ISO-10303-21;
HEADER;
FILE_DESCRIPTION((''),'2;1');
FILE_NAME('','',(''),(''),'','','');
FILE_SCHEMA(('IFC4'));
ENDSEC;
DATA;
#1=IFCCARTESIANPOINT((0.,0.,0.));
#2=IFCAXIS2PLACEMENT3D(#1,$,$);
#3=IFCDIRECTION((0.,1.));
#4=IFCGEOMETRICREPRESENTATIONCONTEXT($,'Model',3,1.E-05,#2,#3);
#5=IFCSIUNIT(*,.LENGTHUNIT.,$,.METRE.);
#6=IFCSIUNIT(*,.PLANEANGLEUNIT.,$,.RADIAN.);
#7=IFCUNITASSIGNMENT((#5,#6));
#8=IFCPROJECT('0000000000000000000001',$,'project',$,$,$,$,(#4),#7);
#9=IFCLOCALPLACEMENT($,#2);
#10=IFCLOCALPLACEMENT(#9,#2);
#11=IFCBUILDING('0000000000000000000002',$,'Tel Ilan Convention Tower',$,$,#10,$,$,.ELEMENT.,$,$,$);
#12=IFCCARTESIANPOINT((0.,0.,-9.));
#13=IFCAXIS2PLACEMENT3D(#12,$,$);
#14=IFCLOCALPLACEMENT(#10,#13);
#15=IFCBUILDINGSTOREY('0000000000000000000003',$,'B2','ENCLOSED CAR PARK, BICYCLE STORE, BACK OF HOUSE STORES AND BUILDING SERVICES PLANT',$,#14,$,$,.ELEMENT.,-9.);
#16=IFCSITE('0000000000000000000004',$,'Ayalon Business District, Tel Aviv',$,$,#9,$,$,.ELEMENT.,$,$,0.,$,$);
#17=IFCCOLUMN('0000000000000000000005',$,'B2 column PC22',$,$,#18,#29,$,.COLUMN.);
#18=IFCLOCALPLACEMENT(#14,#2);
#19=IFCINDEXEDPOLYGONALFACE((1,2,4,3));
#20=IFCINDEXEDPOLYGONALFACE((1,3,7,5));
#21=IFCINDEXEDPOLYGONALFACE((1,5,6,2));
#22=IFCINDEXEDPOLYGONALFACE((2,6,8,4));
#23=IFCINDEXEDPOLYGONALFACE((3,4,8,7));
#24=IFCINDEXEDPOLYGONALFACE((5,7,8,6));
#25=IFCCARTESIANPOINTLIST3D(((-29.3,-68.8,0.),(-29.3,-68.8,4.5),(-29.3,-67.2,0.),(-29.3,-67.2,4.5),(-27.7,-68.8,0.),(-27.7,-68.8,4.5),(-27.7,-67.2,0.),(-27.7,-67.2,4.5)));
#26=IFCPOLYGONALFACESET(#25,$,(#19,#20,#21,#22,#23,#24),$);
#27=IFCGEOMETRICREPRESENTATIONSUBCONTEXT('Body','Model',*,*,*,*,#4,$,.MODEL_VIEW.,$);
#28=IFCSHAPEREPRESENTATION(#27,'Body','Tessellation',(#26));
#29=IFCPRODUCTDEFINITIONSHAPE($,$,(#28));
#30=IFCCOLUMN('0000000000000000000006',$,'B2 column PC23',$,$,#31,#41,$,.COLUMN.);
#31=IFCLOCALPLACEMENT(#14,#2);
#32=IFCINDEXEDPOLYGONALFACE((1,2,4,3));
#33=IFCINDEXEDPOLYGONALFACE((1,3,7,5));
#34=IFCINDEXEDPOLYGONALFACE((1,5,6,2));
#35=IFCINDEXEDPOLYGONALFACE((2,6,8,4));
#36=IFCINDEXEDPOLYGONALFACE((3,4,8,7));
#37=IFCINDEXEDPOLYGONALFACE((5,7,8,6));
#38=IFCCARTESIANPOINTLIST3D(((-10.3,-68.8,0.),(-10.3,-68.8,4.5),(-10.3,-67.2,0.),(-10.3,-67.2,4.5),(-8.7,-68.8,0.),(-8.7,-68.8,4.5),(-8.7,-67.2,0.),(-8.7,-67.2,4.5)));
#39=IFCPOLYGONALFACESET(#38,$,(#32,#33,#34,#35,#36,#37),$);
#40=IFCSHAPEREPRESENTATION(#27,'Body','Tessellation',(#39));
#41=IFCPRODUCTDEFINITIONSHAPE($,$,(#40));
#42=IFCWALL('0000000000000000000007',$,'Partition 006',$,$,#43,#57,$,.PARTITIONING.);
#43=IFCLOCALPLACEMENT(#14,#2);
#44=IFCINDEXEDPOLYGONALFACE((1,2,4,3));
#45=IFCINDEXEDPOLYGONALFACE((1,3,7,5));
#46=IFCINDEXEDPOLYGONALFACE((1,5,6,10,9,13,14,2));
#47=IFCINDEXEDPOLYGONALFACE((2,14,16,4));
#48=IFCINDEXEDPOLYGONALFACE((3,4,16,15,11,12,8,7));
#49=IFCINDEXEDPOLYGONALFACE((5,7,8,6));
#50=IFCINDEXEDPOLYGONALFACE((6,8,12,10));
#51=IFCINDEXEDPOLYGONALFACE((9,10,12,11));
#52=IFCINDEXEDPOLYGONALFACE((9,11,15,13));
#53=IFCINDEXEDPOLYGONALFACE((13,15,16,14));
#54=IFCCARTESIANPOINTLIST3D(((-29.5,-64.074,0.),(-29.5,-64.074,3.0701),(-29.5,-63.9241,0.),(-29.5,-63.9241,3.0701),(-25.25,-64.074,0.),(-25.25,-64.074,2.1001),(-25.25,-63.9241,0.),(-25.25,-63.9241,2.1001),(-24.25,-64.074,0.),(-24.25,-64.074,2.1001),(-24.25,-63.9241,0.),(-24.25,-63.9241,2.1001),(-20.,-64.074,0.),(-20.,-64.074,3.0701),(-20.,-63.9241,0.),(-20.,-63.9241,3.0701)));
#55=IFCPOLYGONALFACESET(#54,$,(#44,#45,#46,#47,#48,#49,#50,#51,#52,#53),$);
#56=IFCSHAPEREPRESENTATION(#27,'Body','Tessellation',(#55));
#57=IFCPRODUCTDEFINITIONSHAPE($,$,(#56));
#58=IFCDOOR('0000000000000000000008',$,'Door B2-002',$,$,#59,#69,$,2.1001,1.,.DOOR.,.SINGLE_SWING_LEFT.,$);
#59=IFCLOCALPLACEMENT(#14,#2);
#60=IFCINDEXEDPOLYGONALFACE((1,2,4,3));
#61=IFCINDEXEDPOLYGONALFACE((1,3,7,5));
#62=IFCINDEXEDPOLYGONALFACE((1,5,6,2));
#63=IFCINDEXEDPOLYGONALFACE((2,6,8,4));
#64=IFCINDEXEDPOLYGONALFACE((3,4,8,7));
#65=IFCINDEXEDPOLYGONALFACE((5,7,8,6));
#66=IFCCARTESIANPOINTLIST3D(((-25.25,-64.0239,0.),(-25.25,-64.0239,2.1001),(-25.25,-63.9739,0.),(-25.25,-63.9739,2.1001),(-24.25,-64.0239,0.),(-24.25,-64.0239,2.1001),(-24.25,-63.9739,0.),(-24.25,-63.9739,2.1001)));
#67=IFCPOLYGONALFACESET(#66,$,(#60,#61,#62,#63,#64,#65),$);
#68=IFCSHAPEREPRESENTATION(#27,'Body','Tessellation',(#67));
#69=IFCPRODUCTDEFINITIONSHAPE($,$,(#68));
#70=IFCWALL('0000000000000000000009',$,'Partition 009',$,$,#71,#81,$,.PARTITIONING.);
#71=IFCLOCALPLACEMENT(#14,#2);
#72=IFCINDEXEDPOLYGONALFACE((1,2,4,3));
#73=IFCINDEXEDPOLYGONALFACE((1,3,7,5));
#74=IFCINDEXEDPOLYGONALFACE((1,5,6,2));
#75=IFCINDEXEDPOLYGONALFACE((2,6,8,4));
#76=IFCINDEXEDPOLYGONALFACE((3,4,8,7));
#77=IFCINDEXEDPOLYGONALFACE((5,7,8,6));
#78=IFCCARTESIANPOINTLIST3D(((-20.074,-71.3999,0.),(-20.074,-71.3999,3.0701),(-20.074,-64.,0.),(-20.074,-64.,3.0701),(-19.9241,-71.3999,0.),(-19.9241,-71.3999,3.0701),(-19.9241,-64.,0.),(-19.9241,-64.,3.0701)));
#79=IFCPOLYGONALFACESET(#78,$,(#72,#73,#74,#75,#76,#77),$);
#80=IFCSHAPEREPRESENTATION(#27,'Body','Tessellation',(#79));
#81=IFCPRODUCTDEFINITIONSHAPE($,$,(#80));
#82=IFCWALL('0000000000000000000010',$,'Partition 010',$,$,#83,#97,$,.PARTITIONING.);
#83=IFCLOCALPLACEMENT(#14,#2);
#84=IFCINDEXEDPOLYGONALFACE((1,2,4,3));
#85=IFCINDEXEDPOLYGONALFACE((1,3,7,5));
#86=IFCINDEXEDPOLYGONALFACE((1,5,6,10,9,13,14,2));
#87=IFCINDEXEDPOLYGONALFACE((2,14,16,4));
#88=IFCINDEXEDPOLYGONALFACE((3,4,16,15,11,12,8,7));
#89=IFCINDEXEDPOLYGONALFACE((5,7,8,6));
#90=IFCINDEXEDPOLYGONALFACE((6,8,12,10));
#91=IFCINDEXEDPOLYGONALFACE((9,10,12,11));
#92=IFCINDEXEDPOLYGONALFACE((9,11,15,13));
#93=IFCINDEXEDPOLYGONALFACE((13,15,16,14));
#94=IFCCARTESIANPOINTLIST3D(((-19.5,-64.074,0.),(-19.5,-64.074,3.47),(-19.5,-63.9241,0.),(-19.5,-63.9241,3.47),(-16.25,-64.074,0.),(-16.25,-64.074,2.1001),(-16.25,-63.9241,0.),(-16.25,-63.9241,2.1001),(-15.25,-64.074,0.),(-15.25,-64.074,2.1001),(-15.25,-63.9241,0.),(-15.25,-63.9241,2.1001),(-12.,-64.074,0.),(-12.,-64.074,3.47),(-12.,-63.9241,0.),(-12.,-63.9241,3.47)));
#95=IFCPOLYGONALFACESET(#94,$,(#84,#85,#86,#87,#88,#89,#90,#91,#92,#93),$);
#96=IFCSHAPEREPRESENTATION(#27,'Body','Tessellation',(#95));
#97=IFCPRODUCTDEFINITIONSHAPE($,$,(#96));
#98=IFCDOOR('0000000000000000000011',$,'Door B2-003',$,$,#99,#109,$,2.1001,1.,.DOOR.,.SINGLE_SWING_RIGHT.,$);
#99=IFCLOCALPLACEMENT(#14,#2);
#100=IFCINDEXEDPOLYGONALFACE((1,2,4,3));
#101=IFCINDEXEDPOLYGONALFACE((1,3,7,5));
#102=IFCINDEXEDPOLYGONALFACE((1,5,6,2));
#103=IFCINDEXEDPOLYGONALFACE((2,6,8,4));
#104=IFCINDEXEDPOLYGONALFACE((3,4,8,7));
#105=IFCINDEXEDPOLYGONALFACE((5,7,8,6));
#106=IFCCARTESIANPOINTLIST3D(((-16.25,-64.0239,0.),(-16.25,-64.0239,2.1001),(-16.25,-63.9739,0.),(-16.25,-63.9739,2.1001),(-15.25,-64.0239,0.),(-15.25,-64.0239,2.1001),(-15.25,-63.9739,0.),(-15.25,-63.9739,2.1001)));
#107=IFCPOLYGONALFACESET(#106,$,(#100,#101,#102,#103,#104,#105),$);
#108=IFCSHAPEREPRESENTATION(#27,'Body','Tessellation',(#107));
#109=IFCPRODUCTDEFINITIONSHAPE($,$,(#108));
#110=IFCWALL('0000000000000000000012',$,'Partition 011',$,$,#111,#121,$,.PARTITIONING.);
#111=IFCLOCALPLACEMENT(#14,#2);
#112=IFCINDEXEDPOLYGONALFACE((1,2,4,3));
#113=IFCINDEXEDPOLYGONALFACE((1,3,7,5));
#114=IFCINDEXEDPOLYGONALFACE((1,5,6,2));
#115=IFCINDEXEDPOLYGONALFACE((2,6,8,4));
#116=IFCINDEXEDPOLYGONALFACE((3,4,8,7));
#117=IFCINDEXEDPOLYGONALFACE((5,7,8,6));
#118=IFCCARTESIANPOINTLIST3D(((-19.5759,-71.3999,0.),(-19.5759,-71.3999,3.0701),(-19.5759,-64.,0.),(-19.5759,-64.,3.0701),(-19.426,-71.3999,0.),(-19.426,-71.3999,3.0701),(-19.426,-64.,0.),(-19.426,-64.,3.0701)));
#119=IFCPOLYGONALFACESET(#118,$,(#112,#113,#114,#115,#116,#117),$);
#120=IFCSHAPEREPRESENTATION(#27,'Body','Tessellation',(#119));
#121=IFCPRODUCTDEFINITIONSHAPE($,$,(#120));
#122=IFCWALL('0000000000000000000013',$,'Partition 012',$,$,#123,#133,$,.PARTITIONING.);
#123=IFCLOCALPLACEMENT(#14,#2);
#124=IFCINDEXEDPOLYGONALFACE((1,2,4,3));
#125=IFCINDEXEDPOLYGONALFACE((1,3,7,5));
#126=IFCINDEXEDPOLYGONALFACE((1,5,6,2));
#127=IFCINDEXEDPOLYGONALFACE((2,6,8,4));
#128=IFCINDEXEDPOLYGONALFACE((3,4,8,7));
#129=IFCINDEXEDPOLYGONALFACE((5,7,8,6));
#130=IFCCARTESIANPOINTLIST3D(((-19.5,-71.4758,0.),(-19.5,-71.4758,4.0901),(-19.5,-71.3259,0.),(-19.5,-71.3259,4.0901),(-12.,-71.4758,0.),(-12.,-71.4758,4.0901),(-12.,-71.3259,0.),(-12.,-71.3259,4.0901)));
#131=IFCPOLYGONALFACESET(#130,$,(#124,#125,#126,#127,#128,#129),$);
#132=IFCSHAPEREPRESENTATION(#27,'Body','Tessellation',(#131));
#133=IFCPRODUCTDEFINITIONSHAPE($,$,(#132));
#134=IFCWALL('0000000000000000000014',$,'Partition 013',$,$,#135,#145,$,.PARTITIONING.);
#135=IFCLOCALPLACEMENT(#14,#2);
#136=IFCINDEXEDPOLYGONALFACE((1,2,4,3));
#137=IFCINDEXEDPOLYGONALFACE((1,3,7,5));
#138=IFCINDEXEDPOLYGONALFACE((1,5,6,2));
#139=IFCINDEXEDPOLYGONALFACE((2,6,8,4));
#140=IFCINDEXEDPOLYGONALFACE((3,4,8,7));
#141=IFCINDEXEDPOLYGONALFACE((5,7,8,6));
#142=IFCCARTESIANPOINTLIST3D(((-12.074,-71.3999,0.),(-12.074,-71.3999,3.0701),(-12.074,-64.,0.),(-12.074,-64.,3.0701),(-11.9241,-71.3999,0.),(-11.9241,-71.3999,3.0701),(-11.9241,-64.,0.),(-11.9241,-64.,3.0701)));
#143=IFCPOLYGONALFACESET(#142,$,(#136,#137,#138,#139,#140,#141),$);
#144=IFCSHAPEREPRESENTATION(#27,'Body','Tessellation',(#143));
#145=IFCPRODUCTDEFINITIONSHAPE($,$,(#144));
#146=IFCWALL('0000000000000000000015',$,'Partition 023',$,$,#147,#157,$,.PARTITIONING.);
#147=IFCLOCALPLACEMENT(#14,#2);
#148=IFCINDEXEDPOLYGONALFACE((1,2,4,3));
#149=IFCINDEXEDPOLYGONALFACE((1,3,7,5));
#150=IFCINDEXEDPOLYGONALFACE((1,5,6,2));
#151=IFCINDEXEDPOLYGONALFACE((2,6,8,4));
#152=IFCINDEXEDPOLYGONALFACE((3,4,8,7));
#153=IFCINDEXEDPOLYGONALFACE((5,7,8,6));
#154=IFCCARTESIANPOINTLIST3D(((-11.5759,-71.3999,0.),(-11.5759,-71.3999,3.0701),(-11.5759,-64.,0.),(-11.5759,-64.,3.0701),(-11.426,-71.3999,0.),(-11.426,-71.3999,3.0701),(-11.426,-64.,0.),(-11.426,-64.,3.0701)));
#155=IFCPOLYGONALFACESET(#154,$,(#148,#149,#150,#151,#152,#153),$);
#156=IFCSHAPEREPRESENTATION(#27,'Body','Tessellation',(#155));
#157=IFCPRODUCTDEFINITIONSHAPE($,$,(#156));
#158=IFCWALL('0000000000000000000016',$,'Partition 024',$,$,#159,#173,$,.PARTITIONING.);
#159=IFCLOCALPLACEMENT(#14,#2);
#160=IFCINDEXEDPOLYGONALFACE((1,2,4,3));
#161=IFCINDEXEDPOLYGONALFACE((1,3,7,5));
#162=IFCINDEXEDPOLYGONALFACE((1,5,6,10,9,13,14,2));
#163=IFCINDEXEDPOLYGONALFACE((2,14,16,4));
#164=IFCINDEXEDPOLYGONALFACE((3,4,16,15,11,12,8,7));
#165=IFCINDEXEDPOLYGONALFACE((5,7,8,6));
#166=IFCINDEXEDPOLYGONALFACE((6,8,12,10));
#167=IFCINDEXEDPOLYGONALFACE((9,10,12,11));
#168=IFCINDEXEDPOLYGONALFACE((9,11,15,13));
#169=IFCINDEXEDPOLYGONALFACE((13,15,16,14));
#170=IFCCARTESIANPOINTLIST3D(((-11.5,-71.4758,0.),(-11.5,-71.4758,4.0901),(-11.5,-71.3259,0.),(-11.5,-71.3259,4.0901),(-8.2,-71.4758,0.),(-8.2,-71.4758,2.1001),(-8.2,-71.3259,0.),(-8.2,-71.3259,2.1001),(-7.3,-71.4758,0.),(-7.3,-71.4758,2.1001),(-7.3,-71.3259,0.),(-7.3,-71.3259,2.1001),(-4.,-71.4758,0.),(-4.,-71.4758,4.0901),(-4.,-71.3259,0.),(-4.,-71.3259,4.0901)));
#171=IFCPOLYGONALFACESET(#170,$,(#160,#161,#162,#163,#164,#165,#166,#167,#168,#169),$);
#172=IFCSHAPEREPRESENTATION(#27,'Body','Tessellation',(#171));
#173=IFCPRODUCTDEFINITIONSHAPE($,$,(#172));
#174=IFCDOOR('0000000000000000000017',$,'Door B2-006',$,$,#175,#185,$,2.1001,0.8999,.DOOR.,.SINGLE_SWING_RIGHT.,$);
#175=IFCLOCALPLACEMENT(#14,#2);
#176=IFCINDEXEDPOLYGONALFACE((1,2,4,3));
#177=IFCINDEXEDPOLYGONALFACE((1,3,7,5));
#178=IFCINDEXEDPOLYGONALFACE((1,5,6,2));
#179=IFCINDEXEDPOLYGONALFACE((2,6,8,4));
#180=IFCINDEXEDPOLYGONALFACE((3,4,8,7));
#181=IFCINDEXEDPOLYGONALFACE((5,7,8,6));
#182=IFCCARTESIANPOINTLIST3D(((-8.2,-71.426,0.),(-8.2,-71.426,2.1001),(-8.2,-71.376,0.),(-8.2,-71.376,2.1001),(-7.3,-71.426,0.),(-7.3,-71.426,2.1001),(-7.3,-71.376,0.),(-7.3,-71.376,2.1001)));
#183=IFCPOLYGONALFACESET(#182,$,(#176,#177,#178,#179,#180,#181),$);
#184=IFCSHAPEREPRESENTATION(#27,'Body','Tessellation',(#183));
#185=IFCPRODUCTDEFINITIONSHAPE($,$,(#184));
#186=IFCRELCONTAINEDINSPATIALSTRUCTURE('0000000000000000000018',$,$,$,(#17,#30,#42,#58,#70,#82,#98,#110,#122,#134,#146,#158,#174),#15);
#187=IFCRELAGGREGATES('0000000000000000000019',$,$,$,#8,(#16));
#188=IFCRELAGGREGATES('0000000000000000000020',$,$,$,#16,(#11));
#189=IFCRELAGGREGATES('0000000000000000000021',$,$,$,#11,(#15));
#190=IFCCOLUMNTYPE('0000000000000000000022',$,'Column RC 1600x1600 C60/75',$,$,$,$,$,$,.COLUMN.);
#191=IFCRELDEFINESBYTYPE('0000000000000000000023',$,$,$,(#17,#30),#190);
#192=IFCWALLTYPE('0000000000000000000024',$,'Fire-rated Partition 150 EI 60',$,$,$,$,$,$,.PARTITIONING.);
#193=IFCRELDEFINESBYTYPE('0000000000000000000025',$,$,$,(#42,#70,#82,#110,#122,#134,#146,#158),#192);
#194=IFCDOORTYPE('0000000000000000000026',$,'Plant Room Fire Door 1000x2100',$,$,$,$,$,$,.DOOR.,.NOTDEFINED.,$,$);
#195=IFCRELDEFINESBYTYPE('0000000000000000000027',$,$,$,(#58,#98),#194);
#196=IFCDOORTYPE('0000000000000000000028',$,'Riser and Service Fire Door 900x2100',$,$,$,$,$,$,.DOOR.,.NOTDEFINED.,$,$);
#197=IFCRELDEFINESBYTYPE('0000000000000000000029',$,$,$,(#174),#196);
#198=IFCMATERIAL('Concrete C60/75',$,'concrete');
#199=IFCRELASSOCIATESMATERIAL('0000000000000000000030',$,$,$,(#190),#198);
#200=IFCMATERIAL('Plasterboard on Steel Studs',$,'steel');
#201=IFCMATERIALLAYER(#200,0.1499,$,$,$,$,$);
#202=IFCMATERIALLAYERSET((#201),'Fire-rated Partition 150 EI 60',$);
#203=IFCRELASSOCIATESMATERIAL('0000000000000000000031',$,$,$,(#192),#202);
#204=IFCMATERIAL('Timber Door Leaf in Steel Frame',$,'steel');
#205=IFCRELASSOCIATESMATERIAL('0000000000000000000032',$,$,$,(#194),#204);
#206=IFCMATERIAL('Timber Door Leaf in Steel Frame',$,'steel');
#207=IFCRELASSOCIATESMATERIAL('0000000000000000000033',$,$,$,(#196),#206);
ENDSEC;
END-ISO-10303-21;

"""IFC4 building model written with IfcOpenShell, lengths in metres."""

from ifc_helpers import new_model, si_unit, direction, frame, frame_2d, origin, origin_2d, place, context, subcontext, project, spatial, rectangle, extrude, material, layer, layer_set, material_profile, profile_set, type_object, element, fill, save


model = new_model("IFC4")

# Units and contexts
model_context = context("Model", 3, precision=1e-05, world=origin(), true_north=direction((0.0, 1.0)))
body_context = subcontext(model_context, "Body", "Model", "MODEL_VIEW")
ifc_project = project(units=[si_unit("LENGTHUNIT", "METRE"), si_unit("PLANEANGLEUNIT", "RADIAN")], contexts=[model_context])

# Site, building, storey
site_placement = place(None, origin())
site = spatial("IfcSite", under=ifc_project, at=site_placement, Name="Ayalon Business District, Tel Aviv", CompositionType="ELEMENT", RefElevation=0.0)
building_placement = place(site_placement, origin())
building = spatial("IfcBuilding", under=site, at=building_placement, Name="Tel Ilan Convention Tower", CompositionType="ELEMENT")
storey_placement = place(building_placement, frame((0.0, 0.0, -9.0)))
storey = spatial("IfcBuildingStorey", under=building, at=storey_placement, Name="B2", Description="ENCLOSED CAR PARK, BICYCLE STORE, BACK OF HOUSE STORES AND BUILDING SERVICES PLANT", CompositionType="ELEMENT", Elevation=-9.0)

# Columns
ifc_material_1 = material(Name="Concrete C60/75", Category="concrete")
ifc_material_profile_1 = material_profile(ifc_material_1, rectangle(XDim=1.6001, YDim=1.6001, at=origin_2d()), Name="RC 1600x1600")
ifc_profile_set_1 = profile_set([ifc_material_profile_1], Name="Concrete C60/75")
column_type = type_object("IfcColumnType", Name="Column RC 1600x1600 C60/75", PredefinedType="COLUMN", material=ifc_profile_set_1)
for number, where, z_axis, x_axis, name in (
    (1, (-28.5, -68.0, 0.0), (0.0, 0.0, 1.0), (1.0, 0.0, 0.0), "B2 column PC22"),
    (2, (-9.5, -68.0, 0.0), (0.0, 0.0, 1.0), (1.0, 0.0, 0.0), "B2 column PC23"),
):
    element("IfcColumn", number, at=place(storey_placement, frame(where, z_axis=z_axis, x_axis=x_axis)), inside=storey, type_object=column_type, Name=name, PredefinedType="COLUMN", context=body_context, shape_type="SweptSolid", body=[
        extrude(rectangle(XDim=1.6001, YDim=1.6001, at=origin_2d()), origin(), (0.0, 0.0, 1.0), 4.5),
    ])

# Wall, opening, door
ifc_material_2 = material(Name="Plasterboard on Steel Studs", Category="steel")
ifc_layer = layer(ifc_material_2, 0.1499)
ifc_layer_set = layer_set([ifc_layer], Name="Fire-rated Partition 150 EI 60")
wall_type = type_object("IfcWallType", Name="Fire-rated Partition 150 EI 60", PredefinedType="PARTITIONING", material=ifc_layer_set)
wall_1_placement = place(storey_placement, frame((-20.0, -63.999, 0.0), z_axis=(0.0, 0.0, 1.0), x_axis=(-1.0, 0.0, 0.0)))
wall_1 = element("IfcWall", 3, at=wall_1_placement, inside=storey, type_object=wall_type, Name="Partition 006", PredefinedType="PARTITIONING", context=body_context, shape_type="SweptSolid", body=[
    extrude(rectangle(XDim=9.5, YDim=0.1499, at=frame_2d((4.75, 0.0))), origin(), (0.0, 0.0, 1.0), 3.0701),
])
opening_1_placement = place(wall_1_placement, frame((4.25, 0.0, 0.0)))
opening_1 = element("IfcOpeningElement", 4, at=opening_1_placement, cuts=wall_1, PredefinedType="OPENING", context=body_context, shape_type="SweptSolid", body=[
    extrude(rectangle(XDim=1.0, YDim=2.1001, at=frame_2d((0.5, 1.05))), frame((0.0, 0.085, 0.0), z_axis=(0.0, -1.0, 0.0), x_axis=(1.0, 0.0, 0.0)), (0.0, 0.0, 1.0), 0.1699),
])
ifc_material_3 = material(Name="Timber Door Leaf in Steel Frame", Category="steel")
door_type_1 = type_object("IfcDoorType", Name="Plant Room Fire Door 1000x2100", OperationType="NOTDEFINED", PredefinedType="DOOR", material=ifc_material_3)
door_1_placement = place(opening_1_placement, origin())
door_1 = element("IfcDoor", 5, at=door_1_placement, inside=storey, type_object=door_type_1, Name="Door B2-002", OperationType="SINGLE_SWING_LEFT", OverallHeight=2.1001, OverallWidth=1.0, PredefinedType="DOOR", context=body_context, shape_type="SweptSolid", body=[
    extrude(rectangle(XDim=1.0, YDim=2.1001, at=frame_2d((0.5, 1.05))), frame((0.0, 0.0249, 0.0), z_axis=(0.0, -1.0, 0.0), x_axis=(1.0, 0.0, 0.0)), (0.0, 0.0, 1.0), 0.05),
])
fill(opening_1, door_1)

# Wall
wall_2_placement = place(storey_placement, frame((-19.999, -71.3999, 0.0), z_axis=(0.0, 0.0, 1.0), x_axis=(0.0, 1.0, 0.0)))
element("IfcWall", 6, at=wall_2_placement, inside=storey, type_object=wall_type, Name="Partition 009", PredefinedType="PARTITIONING", context=body_context, shape_type="SweptSolid", body=[
    extrude(rectangle(XDim=7.3999, YDim=0.1499, at=frame_2d((3.7, 0.0))), origin(), (0.0, 0.0, 1.0), 3.0701),
])

# Wall, opening, door
wall_3_placement = place(storey_placement, frame((-12.0, -63.999, 0.0), z_axis=(0.0, 0.0, 1.0), x_axis=(-1.0, 0.0, 0.0)))
wall_3 = element("IfcWall", 7, at=wall_3_placement, inside=storey, type_object=wall_type, Name="Partition 010", PredefinedType="PARTITIONING", context=body_context, shape_type="SweptSolid", body=[
    extrude(rectangle(XDim=7.5, YDim=0.1499, at=frame_2d((3.75, 0.0))), origin(), (0.0, 0.0, 1.0), 3.47),
])
opening_2_placement = place(wall_3_placement, frame((3.25, 0.0, 0.0)))
opening_2 = element("IfcOpeningElement", 8, at=opening_2_placement, cuts=wall_3, PredefinedType="OPENING", context=body_context, shape_type="SweptSolid", body=[
    extrude(rectangle(XDim=1.0, YDim=2.1001, at=frame_2d((0.5, 1.05))), frame((0.0, 0.085, 0.0), z_axis=(0.0, -1.0, 0.0), x_axis=(1.0, 0.0, 0.0)), (0.0, 0.0, 1.0), 0.1699),
])
door_2_placement = place(opening_2_placement, origin())
door_2 = element("IfcDoor", 9, at=door_2_placement, inside=storey, type_object=door_type_1, Name="Door B2-003", OperationType="SINGLE_SWING_RIGHT", OverallHeight=2.1001, OverallWidth=1.0, PredefinedType="DOOR", context=body_context, shape_type="SweptSolid", body=[
    extrude(rectangle(XDim=1.0, YDim=2.1001, at=frame_2d((0.5, 1.05))), frame((0.0, 0.0249, 0.0), z_axis=(0.0, -1.0, 0.0), x_axis=(1.0, 0.0, 0.0)), (0.0, 0.0, 1.0), 0.05),
])
fill(opening_2, door_2)

# Walls
wall_4_placement = place(storey_placement, frame((-19.501, -64.0, 0.0), z_axis=(0.0, 0.0, 1.0), x_axis=(0.0, -1.0, 0.0)))
element("IfcWall", 10, at=wall_4_placement, inside=storey, type_object=wall_type, Name="Partition 011", PredefinedType="PARTITIONING", context=body_context, shape_type="SweptSolid", body=[
    extrude(rectangle(XDim=7.3999, YDim=0.1499, at=frame_2d((3.7, 0.0))), origin(), (0.0, 0.0, 1.0), 3.0701),
])
wall_5_placement = place(storey_placement, frame((-19.5, -71.4009, 0.0), z_axis=(0.0, 0.0, 1.0), x_axis=(1.0, 0.0, 0.0)))
element("IfcWall", 11, at=wall_5_placement, inside=storey, type_object=wall_type, Name="Partition 012", PredefinedType="PARTITIONING", context=body_context, shape_type="SweptSolid", body=[
    extrude(rectangle(XDim=7.5, YDim=0.1499, at=frame_2d((3.75, 0.0))), origin(), (0.0, 0.0, 1.0), 4.0901),
])
for number, where, z_axis, x_axis, name in (
    (12, (-11.999, -71.3999, 0.0), (0.0, 0.0, 1.0), (0.0, 1.0, 0.0), "Partition 013"),
    (13, (-11.501, -64.0, 0.0), (0.0, 0.0, 1.0), (0.0, -1.0, 0.0), "Partition 023"),
):
    element("IfcWall", number, at=place(storey_placement, frame(where, z_axis=z_axis, x_axis=x_axis)), inside=storey, type_object=wall_type, Name=name, PredefinedType="PARTITIONING", context=body_context, shape_type="SweptSolid", body=[
        extrude(rectangle(XDim=7.3999, YDim=0.1499, at=frame_2d((3.7, 0.0))), origin(), (0.0, 0.0, 1.0), 3.0701),
    ])

# Wall, opening, door
wall_6_placement = place(storey_placement, frame((-11.5, -71.4009, 0.0), z_axis=(0.0, 0.0, 1.0), x_axis=(1.0, 0.0, 0.0)))
wall_6 = element("IfcWall", 14, at=wall_6_placement, inside=storey, type_object=wall_type, Name="Partition 024", PredefinedType="PARTITIONING", context=body_context, shape_type="SweptSolid", body=[
    extrude(rectangle(XDim=7.5, YDim=0.1499, at=frame_2d((3.75, 0.0))), origin(), (0.0, 0.0, 1.0), 4.0901),
])
opening_3_placement = place(wall_6_placement, frame((3.3, 0.0, 0.0)))
opening_3 = element("IfcOpeningElement", 15, at=opening_3_placement, cuts=wall_6, PredefinedType="OPENING", context=body_context, shape_type="SweptSolid", body=[
    extrude(rectangle(XDim=0.8999, YDim=2.1001, at=frame_2d((0.45, 1.05))), frame((0.0, 0.085, 0.0), z_axis=(0.0, -1.0, 0.0), x_axis=(1.0, 0.0, 0.0)), (0.0, 0.0, 1.0), 0.1699),
])
ifc_material_4 = material(Name="Timber Door Leaf in Steel Frame", Category="steel")
door_type_2 = type_object("IfcDoorType", Name="Riser and Service Fire Door 900x2100", OperationType="NOTDEFINED", PredefinedType="DOOR", material=ifc_material_4)
door_3_placement = place(opening_3_placement, origin())
door_3 = element("IfcDoor", 16, at=door_3_placement, inside=storey, type_object=door_type_2, Name="Door B2-006", OperationType="SINGLE_SWING_RIGHT", OverallHeight=2.1001, OverallWidth=0.8999, PredefinedType="DOOR", context=body_context, shape_type="SweptSolid", body=[
    extrude(rectangle(XDim=0.8999, YDim=2.1001, at=frame_2d((0.45, 1.05))), frame((0.0, 0.0249, 0.0), z_axis=(0.0, -1.0, 0.0), x_axis=(1.0, 0.0, 0.0)), (0.0, 0.0, 1.0), 0.05),
])
fill(opening_3, door_3)

save(model, "model.ifc")
